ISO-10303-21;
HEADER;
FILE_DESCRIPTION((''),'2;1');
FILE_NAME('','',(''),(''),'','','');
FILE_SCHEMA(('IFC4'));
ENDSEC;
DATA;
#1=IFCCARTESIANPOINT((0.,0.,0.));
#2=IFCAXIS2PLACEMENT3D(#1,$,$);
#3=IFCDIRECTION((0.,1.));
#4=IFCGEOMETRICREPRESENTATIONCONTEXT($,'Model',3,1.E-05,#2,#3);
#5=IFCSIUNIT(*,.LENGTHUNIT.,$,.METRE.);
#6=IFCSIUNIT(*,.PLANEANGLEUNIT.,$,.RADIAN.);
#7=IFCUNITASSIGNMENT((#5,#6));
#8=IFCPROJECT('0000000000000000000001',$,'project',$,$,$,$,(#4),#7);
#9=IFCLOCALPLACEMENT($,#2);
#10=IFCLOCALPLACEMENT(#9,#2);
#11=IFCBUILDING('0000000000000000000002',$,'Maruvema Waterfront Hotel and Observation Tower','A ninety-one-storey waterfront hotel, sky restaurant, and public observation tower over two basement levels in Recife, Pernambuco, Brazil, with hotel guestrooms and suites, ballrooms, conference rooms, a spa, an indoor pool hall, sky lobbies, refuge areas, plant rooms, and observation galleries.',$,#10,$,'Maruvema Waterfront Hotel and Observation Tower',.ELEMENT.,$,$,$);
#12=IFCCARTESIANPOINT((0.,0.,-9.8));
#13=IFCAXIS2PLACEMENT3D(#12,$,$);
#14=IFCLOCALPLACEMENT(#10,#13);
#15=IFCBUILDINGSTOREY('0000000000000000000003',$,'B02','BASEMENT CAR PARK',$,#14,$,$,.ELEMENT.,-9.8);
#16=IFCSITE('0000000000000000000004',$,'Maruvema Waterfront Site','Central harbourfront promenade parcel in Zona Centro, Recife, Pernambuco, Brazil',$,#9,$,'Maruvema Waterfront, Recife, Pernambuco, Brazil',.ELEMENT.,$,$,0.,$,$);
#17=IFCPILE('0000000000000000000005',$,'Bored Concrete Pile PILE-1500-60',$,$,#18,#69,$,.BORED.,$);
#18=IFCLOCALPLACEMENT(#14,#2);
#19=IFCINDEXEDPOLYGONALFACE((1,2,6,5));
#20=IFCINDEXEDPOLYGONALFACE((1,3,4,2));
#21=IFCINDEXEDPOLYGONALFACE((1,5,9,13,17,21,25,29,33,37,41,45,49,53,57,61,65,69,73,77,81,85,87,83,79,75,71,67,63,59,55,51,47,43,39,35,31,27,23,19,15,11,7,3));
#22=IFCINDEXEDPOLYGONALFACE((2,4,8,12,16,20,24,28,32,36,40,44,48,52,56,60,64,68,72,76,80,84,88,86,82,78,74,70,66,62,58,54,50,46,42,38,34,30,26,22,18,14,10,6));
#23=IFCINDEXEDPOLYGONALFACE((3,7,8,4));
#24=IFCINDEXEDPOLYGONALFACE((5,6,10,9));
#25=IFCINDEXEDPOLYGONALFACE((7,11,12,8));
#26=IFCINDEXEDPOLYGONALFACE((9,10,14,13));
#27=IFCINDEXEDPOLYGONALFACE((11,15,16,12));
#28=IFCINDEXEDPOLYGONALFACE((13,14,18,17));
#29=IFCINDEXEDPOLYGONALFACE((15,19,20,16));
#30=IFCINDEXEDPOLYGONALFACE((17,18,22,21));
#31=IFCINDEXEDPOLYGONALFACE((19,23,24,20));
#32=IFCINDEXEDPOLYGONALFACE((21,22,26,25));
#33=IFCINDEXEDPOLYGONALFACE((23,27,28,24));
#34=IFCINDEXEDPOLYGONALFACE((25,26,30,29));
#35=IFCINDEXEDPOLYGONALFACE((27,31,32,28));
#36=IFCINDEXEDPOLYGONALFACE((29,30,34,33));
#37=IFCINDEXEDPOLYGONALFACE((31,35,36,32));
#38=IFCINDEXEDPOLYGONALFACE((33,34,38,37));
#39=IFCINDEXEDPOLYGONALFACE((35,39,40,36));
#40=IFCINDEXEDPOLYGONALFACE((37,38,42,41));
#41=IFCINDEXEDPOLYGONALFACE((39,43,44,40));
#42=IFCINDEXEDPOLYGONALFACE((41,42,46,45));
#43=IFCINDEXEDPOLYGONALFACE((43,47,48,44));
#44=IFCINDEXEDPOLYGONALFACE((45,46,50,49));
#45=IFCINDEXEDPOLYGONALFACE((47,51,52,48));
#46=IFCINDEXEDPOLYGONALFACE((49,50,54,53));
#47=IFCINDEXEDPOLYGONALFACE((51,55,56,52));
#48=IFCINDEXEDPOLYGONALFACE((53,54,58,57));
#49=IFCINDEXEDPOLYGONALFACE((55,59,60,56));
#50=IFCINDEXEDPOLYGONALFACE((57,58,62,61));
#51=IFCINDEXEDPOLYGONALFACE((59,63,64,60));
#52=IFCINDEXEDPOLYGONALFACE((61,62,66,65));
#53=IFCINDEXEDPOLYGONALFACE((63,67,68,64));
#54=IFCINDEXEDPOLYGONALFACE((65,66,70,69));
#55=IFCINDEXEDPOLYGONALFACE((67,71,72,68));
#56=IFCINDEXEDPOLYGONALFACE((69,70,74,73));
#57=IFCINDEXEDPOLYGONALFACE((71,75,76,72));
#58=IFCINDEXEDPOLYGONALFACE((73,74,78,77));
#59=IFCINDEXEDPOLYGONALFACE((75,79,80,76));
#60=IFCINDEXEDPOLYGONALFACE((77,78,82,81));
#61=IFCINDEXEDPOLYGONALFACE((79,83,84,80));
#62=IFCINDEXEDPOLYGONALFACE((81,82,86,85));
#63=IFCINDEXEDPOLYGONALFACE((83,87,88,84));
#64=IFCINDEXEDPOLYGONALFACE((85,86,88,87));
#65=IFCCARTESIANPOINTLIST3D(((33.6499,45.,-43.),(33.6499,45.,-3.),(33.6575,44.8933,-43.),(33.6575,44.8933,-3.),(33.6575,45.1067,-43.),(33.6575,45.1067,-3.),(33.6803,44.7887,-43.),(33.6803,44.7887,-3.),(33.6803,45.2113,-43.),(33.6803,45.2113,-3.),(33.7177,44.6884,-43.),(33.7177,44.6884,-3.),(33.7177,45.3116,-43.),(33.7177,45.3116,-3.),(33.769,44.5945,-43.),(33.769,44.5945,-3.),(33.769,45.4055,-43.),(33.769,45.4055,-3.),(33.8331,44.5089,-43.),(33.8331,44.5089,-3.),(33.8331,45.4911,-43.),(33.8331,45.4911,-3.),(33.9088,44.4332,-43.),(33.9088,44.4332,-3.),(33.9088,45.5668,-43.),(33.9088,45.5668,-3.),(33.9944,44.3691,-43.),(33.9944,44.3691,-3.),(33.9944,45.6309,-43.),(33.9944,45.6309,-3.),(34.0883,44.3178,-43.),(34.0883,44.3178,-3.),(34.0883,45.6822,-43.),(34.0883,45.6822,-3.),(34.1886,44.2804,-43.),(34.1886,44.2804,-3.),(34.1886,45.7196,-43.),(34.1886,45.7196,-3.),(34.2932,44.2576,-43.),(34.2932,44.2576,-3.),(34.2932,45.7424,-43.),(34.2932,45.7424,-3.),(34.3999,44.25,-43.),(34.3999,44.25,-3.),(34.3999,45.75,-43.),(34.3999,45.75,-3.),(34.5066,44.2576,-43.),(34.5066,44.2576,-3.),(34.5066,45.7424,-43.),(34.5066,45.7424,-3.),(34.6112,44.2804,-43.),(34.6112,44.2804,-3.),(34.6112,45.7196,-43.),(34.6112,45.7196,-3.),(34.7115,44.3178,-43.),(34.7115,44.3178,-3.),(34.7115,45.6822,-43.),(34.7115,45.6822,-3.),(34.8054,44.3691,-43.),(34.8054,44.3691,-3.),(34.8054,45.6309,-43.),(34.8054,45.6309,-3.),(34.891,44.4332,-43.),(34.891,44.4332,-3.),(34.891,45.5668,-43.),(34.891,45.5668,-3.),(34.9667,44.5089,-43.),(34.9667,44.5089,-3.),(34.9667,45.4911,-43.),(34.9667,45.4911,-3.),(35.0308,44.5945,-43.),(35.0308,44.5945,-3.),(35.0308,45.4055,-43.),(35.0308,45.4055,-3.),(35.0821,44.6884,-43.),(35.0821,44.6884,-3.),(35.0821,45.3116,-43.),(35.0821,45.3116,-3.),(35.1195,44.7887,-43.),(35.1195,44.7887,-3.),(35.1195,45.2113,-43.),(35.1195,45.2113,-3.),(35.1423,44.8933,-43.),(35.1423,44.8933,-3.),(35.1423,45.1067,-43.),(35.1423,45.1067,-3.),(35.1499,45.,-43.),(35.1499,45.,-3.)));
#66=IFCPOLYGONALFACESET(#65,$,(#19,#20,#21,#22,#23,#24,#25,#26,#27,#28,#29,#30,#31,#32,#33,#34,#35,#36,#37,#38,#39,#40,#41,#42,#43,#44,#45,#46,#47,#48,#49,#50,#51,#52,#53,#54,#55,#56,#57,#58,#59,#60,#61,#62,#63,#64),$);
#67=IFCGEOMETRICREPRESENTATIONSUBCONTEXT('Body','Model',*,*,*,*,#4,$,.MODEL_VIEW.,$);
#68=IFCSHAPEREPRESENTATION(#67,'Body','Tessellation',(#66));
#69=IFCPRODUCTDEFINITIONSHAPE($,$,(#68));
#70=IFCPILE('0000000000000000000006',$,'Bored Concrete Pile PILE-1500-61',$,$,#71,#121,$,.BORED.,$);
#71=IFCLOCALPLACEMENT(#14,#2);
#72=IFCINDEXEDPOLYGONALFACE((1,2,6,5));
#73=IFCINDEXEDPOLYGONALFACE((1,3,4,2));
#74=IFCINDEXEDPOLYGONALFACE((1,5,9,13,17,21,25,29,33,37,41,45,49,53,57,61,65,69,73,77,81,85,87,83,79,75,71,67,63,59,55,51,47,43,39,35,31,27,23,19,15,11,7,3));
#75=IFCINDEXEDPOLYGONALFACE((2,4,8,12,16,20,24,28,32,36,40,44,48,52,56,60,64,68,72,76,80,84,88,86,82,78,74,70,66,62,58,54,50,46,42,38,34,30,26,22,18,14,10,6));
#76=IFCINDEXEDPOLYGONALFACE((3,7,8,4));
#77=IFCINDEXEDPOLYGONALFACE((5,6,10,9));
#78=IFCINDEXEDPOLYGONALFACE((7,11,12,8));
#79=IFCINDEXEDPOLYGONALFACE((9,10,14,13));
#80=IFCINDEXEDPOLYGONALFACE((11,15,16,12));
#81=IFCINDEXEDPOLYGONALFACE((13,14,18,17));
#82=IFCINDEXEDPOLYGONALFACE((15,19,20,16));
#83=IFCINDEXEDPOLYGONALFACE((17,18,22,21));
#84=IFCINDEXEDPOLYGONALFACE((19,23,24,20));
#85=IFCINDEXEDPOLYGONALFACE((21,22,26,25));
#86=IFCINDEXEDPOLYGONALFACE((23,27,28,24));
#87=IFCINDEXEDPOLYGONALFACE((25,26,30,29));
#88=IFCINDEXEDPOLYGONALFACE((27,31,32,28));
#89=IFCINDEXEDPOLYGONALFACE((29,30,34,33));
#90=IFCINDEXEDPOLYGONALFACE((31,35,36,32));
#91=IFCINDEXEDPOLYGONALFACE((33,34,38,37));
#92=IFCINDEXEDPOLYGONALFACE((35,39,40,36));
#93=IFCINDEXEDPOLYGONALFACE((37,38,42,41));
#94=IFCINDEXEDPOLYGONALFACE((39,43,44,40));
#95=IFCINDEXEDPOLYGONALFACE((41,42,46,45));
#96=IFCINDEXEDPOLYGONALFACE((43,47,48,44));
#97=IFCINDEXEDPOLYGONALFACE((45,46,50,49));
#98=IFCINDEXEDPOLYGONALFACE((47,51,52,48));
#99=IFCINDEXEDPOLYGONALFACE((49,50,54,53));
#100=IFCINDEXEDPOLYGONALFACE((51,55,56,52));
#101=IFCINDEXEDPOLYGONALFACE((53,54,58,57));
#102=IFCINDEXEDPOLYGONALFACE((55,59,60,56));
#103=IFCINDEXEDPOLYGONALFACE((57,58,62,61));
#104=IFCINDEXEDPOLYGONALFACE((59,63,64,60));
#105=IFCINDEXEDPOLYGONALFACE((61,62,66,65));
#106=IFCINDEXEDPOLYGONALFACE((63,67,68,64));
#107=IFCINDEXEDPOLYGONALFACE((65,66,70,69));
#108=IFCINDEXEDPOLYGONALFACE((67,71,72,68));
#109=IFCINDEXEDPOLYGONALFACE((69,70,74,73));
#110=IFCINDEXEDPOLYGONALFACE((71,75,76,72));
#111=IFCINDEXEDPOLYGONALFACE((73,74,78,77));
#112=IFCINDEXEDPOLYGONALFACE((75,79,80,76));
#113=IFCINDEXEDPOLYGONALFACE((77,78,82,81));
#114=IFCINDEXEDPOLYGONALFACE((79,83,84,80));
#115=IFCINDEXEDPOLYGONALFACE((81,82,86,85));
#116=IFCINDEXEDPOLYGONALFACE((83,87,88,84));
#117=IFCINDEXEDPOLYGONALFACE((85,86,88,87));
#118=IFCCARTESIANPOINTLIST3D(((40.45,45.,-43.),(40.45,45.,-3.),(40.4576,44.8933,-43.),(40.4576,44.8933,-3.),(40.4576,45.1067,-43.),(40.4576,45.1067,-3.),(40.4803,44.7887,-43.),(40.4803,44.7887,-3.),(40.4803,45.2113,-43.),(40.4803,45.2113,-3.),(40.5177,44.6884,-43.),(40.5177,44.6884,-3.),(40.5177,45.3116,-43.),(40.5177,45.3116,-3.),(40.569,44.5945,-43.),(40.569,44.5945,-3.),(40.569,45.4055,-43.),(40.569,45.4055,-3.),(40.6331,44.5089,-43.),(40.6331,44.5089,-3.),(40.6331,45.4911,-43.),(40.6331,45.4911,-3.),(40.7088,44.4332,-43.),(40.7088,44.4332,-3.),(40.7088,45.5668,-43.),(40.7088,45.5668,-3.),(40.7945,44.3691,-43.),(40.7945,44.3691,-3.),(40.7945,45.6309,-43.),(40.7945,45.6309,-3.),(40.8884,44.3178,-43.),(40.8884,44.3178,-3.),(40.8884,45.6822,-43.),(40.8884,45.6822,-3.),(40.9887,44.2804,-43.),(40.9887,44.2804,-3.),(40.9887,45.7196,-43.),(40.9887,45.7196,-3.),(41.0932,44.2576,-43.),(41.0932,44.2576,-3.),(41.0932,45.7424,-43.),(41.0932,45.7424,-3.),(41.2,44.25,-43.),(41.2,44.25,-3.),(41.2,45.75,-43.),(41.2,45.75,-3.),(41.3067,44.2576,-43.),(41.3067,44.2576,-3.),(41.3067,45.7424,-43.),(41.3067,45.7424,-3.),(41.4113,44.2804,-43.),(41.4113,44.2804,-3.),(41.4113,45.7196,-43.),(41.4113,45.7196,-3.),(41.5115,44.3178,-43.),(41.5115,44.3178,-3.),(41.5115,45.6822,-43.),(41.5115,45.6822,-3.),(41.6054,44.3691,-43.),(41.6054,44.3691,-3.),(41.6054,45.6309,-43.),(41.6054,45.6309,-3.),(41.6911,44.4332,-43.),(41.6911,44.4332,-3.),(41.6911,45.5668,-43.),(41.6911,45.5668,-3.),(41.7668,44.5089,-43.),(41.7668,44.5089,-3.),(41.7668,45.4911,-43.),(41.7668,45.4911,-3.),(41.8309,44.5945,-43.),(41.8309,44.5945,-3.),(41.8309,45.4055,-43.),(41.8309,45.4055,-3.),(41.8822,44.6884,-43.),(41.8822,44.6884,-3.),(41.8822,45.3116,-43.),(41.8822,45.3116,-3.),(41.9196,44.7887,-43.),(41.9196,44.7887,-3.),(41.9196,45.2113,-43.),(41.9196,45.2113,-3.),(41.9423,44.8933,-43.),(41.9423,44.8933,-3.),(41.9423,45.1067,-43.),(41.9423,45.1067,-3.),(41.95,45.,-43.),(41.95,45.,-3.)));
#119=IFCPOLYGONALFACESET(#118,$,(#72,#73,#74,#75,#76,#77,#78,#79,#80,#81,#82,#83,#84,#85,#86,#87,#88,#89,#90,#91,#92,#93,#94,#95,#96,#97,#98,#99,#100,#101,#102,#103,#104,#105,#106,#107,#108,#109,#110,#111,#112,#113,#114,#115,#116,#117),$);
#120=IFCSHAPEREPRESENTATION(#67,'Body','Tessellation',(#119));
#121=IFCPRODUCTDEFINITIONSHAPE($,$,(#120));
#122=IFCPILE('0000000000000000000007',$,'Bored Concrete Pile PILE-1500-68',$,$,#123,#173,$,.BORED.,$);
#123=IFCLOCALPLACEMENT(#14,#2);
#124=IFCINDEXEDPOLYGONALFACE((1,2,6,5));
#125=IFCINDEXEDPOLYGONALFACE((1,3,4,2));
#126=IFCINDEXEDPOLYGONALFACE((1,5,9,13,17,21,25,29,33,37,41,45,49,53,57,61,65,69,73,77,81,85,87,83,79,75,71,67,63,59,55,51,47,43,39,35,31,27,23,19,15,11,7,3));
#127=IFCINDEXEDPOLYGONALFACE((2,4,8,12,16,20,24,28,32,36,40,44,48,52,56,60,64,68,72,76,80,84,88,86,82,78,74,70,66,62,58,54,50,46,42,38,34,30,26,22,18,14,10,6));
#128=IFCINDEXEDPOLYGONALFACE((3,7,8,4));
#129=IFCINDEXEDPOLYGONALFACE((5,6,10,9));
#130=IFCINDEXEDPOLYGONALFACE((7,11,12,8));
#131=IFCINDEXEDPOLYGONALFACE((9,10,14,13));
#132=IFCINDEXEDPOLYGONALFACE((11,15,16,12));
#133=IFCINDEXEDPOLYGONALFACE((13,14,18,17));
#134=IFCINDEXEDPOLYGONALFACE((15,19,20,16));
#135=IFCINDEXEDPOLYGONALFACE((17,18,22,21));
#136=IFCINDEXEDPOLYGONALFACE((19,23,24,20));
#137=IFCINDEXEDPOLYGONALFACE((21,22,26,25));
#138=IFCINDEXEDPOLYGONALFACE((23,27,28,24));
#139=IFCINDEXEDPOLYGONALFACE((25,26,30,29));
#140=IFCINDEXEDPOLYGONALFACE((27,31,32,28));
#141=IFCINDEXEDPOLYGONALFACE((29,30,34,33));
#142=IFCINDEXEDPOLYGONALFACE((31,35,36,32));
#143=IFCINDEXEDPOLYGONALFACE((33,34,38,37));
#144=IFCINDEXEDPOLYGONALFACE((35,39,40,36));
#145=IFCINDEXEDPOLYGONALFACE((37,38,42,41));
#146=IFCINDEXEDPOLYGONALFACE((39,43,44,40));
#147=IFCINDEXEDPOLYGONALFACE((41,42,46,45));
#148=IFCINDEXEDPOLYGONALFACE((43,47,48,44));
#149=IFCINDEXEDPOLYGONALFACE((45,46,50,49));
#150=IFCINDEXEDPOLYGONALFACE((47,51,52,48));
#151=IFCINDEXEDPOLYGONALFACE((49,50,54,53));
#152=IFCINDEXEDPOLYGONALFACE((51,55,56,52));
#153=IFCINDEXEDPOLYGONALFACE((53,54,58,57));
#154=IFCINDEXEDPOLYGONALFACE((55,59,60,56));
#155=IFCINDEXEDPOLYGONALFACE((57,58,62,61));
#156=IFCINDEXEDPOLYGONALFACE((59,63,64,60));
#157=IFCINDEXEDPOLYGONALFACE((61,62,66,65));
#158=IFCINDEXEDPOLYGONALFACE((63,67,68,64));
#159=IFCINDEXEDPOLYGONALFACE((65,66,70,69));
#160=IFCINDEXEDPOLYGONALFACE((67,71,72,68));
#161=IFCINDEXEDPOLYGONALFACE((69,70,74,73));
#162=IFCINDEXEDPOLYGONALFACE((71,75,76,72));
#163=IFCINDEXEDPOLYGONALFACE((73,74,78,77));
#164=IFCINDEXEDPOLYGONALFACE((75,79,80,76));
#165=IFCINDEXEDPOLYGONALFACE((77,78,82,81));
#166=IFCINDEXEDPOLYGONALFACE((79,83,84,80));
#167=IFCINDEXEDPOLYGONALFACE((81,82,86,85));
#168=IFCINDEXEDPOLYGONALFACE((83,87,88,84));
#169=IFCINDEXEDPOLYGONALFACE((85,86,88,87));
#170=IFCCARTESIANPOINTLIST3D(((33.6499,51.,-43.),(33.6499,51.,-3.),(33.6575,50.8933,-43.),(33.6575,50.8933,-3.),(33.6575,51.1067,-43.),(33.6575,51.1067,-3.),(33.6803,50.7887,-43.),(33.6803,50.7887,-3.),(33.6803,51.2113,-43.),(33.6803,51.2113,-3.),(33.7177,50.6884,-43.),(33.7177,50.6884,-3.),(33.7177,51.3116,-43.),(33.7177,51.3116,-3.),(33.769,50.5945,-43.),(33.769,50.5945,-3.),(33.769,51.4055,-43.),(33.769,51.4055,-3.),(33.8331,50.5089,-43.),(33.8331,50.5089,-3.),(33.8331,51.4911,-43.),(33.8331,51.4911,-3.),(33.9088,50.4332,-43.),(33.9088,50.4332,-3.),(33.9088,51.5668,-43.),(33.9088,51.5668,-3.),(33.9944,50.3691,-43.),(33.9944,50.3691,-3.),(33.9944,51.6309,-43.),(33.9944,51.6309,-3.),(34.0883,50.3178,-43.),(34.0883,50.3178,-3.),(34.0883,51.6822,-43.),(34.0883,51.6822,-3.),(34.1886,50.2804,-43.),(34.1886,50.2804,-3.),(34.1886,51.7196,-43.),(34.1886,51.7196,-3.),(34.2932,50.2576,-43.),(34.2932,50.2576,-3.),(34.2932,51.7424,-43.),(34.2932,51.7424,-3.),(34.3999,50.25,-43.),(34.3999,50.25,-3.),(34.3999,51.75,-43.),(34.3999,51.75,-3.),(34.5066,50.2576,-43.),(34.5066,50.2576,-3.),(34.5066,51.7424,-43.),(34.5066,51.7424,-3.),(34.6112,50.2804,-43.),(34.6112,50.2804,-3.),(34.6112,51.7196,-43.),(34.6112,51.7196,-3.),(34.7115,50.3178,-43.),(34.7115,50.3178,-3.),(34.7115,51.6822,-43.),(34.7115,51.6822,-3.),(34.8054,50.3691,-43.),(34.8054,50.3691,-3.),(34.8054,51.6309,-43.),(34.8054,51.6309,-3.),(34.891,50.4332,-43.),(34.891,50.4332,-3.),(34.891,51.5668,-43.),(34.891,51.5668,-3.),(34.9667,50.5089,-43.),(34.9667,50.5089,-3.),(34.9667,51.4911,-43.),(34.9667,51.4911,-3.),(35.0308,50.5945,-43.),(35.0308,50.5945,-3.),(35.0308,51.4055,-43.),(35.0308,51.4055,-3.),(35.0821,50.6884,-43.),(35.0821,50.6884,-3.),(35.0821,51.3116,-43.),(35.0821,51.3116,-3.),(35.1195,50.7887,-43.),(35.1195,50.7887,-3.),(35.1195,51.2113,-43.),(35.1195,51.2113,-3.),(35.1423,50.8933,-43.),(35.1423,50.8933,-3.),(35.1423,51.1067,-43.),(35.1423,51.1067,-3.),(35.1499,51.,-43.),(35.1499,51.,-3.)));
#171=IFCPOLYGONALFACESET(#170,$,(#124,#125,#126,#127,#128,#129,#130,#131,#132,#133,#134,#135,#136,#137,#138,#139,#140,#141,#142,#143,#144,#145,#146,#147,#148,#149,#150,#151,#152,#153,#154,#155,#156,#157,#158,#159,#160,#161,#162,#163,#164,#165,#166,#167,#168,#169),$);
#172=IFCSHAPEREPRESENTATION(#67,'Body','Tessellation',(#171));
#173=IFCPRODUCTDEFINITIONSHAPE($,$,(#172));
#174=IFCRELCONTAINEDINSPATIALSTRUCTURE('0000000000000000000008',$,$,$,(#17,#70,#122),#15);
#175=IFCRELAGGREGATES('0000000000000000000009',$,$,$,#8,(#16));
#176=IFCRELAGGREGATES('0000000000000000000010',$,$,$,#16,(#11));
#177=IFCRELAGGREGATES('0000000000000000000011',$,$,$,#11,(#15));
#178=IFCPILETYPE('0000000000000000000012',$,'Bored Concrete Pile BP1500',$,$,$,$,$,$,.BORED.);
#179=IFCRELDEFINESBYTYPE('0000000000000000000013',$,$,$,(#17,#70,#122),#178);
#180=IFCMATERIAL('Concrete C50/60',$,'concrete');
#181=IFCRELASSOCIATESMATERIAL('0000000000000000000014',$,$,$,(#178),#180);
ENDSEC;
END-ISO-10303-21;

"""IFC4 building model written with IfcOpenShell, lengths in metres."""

from ifc_helpers import new_model, si_unit, direction, frame, origin, origin_2d, place, context, subcontext, project, spatial, circle, extrude, material, material_profile, profile_set, type_object, element, save


model = new_model("IFC4")

# Units and contexts
model_context = context("Model", 3, precision=1e-05, world=origin(), true_north=direction((0.0, 1.0)))
body_context = subcontext(model_context, "Body", "Model", "MODEL_VIEW")
ifc_project = project(units=[si_unit("LENGTHUNIT", "METRE"), si_unit("PLANEANGLEUNIT", "RADIAN")], contexts=[model_context])

# Site, building, storey
site_placement = place(None, origin())
site = spatial("IfcSite", under=ifc_project, at=site_placement, Name="Maruvema Waterfront Site", Description="Central harbourfront promenade parcel in Zona Centro, Recife, Pernambuco, Brazil", LongName="Maruvema Waterfront, Recife, Pernambuco, Brazil", CompositionType="ELEMENT", RefElevation=0.0)
building_placement = place(site_placement, origin())
building = spatial("IfcBuilding", under=site, at=building_placement, Name="Maruvema Waterfront Hotel and Observation Tower", Description="A ninety-one-storey waterfront hotel, sky restaurant, and public observation tower over two basement levels in Recife, Pernambuco, Brazil, with hotel guestrooms and suites, ballrooms, conference rooms, a spa, an indoor pool hall, sky lobbies, refuge areas, plant rooms, and observation galleries.", LongName="Maruvema Waterfront Hotel and Observation Tower", CompositionType="ELEMENT")
storey_placement = place(building_placement, frame((0.0, 0.0, -9.8)))
storey = spatial("IfcBuildingStorey", under=building, at=storey_placement, Name="B02", Description="BASEMENT CAR PARK", CompositionType="ELEMENT", Elevation=-9.8)

# Piles
ifc_material_1 = material(Name="Concrete C50/60", Category="concrete")
ifc_material_profile_1 = material_profile(ifc_material_1, circle(Radius=0.75, at=origin_2d()), Name="BP1500")
ifc_profile_set_1 = profile_set([ifc_material_profile_1], Name="Concrete C50/60")
pile_type = type_object("IfcPileType", Name="Bored Concrete Pile BP1500", PredefinedType="BORED", material=ifc_profile_set_1)
for number, where, z_axis, x_axis, name in (
    (1, (34.3999, 45.0, -3.0), (0.0, 0.0, -1.0), (1.0, 0.0, 0.0), "Bored Concrete Pile PILE-1500-60"),
    (2, (41.2, 45.0, -3.0), (0.0, 0.0, -1.0), (1.0, 0.0, 0.0), "Bored Concrete Pile PILE-1500-61"),
    (3, (34.3999, 51.0, -3.0), (0.0, 0.0, -1.0), (1.0, 0.0, 0.0), "Bored Concrete Pile PILE-1500-68"),
):
    element("IfcPile", number, at=place(storey_placement, frame(where, z_axis=z_axis, x_axis=x_axis)), inside=storey, type_object=pile_type, Name=name, PredefinedType="BORED", context=body_context, shape_type="SweptSolid", body=[
        extrude(circle(Radius=0.75, at=origin_2d()), origin(), (0.0, 0.0, 1.0), 40.0),
    ])

save(model, "model.ifc")
